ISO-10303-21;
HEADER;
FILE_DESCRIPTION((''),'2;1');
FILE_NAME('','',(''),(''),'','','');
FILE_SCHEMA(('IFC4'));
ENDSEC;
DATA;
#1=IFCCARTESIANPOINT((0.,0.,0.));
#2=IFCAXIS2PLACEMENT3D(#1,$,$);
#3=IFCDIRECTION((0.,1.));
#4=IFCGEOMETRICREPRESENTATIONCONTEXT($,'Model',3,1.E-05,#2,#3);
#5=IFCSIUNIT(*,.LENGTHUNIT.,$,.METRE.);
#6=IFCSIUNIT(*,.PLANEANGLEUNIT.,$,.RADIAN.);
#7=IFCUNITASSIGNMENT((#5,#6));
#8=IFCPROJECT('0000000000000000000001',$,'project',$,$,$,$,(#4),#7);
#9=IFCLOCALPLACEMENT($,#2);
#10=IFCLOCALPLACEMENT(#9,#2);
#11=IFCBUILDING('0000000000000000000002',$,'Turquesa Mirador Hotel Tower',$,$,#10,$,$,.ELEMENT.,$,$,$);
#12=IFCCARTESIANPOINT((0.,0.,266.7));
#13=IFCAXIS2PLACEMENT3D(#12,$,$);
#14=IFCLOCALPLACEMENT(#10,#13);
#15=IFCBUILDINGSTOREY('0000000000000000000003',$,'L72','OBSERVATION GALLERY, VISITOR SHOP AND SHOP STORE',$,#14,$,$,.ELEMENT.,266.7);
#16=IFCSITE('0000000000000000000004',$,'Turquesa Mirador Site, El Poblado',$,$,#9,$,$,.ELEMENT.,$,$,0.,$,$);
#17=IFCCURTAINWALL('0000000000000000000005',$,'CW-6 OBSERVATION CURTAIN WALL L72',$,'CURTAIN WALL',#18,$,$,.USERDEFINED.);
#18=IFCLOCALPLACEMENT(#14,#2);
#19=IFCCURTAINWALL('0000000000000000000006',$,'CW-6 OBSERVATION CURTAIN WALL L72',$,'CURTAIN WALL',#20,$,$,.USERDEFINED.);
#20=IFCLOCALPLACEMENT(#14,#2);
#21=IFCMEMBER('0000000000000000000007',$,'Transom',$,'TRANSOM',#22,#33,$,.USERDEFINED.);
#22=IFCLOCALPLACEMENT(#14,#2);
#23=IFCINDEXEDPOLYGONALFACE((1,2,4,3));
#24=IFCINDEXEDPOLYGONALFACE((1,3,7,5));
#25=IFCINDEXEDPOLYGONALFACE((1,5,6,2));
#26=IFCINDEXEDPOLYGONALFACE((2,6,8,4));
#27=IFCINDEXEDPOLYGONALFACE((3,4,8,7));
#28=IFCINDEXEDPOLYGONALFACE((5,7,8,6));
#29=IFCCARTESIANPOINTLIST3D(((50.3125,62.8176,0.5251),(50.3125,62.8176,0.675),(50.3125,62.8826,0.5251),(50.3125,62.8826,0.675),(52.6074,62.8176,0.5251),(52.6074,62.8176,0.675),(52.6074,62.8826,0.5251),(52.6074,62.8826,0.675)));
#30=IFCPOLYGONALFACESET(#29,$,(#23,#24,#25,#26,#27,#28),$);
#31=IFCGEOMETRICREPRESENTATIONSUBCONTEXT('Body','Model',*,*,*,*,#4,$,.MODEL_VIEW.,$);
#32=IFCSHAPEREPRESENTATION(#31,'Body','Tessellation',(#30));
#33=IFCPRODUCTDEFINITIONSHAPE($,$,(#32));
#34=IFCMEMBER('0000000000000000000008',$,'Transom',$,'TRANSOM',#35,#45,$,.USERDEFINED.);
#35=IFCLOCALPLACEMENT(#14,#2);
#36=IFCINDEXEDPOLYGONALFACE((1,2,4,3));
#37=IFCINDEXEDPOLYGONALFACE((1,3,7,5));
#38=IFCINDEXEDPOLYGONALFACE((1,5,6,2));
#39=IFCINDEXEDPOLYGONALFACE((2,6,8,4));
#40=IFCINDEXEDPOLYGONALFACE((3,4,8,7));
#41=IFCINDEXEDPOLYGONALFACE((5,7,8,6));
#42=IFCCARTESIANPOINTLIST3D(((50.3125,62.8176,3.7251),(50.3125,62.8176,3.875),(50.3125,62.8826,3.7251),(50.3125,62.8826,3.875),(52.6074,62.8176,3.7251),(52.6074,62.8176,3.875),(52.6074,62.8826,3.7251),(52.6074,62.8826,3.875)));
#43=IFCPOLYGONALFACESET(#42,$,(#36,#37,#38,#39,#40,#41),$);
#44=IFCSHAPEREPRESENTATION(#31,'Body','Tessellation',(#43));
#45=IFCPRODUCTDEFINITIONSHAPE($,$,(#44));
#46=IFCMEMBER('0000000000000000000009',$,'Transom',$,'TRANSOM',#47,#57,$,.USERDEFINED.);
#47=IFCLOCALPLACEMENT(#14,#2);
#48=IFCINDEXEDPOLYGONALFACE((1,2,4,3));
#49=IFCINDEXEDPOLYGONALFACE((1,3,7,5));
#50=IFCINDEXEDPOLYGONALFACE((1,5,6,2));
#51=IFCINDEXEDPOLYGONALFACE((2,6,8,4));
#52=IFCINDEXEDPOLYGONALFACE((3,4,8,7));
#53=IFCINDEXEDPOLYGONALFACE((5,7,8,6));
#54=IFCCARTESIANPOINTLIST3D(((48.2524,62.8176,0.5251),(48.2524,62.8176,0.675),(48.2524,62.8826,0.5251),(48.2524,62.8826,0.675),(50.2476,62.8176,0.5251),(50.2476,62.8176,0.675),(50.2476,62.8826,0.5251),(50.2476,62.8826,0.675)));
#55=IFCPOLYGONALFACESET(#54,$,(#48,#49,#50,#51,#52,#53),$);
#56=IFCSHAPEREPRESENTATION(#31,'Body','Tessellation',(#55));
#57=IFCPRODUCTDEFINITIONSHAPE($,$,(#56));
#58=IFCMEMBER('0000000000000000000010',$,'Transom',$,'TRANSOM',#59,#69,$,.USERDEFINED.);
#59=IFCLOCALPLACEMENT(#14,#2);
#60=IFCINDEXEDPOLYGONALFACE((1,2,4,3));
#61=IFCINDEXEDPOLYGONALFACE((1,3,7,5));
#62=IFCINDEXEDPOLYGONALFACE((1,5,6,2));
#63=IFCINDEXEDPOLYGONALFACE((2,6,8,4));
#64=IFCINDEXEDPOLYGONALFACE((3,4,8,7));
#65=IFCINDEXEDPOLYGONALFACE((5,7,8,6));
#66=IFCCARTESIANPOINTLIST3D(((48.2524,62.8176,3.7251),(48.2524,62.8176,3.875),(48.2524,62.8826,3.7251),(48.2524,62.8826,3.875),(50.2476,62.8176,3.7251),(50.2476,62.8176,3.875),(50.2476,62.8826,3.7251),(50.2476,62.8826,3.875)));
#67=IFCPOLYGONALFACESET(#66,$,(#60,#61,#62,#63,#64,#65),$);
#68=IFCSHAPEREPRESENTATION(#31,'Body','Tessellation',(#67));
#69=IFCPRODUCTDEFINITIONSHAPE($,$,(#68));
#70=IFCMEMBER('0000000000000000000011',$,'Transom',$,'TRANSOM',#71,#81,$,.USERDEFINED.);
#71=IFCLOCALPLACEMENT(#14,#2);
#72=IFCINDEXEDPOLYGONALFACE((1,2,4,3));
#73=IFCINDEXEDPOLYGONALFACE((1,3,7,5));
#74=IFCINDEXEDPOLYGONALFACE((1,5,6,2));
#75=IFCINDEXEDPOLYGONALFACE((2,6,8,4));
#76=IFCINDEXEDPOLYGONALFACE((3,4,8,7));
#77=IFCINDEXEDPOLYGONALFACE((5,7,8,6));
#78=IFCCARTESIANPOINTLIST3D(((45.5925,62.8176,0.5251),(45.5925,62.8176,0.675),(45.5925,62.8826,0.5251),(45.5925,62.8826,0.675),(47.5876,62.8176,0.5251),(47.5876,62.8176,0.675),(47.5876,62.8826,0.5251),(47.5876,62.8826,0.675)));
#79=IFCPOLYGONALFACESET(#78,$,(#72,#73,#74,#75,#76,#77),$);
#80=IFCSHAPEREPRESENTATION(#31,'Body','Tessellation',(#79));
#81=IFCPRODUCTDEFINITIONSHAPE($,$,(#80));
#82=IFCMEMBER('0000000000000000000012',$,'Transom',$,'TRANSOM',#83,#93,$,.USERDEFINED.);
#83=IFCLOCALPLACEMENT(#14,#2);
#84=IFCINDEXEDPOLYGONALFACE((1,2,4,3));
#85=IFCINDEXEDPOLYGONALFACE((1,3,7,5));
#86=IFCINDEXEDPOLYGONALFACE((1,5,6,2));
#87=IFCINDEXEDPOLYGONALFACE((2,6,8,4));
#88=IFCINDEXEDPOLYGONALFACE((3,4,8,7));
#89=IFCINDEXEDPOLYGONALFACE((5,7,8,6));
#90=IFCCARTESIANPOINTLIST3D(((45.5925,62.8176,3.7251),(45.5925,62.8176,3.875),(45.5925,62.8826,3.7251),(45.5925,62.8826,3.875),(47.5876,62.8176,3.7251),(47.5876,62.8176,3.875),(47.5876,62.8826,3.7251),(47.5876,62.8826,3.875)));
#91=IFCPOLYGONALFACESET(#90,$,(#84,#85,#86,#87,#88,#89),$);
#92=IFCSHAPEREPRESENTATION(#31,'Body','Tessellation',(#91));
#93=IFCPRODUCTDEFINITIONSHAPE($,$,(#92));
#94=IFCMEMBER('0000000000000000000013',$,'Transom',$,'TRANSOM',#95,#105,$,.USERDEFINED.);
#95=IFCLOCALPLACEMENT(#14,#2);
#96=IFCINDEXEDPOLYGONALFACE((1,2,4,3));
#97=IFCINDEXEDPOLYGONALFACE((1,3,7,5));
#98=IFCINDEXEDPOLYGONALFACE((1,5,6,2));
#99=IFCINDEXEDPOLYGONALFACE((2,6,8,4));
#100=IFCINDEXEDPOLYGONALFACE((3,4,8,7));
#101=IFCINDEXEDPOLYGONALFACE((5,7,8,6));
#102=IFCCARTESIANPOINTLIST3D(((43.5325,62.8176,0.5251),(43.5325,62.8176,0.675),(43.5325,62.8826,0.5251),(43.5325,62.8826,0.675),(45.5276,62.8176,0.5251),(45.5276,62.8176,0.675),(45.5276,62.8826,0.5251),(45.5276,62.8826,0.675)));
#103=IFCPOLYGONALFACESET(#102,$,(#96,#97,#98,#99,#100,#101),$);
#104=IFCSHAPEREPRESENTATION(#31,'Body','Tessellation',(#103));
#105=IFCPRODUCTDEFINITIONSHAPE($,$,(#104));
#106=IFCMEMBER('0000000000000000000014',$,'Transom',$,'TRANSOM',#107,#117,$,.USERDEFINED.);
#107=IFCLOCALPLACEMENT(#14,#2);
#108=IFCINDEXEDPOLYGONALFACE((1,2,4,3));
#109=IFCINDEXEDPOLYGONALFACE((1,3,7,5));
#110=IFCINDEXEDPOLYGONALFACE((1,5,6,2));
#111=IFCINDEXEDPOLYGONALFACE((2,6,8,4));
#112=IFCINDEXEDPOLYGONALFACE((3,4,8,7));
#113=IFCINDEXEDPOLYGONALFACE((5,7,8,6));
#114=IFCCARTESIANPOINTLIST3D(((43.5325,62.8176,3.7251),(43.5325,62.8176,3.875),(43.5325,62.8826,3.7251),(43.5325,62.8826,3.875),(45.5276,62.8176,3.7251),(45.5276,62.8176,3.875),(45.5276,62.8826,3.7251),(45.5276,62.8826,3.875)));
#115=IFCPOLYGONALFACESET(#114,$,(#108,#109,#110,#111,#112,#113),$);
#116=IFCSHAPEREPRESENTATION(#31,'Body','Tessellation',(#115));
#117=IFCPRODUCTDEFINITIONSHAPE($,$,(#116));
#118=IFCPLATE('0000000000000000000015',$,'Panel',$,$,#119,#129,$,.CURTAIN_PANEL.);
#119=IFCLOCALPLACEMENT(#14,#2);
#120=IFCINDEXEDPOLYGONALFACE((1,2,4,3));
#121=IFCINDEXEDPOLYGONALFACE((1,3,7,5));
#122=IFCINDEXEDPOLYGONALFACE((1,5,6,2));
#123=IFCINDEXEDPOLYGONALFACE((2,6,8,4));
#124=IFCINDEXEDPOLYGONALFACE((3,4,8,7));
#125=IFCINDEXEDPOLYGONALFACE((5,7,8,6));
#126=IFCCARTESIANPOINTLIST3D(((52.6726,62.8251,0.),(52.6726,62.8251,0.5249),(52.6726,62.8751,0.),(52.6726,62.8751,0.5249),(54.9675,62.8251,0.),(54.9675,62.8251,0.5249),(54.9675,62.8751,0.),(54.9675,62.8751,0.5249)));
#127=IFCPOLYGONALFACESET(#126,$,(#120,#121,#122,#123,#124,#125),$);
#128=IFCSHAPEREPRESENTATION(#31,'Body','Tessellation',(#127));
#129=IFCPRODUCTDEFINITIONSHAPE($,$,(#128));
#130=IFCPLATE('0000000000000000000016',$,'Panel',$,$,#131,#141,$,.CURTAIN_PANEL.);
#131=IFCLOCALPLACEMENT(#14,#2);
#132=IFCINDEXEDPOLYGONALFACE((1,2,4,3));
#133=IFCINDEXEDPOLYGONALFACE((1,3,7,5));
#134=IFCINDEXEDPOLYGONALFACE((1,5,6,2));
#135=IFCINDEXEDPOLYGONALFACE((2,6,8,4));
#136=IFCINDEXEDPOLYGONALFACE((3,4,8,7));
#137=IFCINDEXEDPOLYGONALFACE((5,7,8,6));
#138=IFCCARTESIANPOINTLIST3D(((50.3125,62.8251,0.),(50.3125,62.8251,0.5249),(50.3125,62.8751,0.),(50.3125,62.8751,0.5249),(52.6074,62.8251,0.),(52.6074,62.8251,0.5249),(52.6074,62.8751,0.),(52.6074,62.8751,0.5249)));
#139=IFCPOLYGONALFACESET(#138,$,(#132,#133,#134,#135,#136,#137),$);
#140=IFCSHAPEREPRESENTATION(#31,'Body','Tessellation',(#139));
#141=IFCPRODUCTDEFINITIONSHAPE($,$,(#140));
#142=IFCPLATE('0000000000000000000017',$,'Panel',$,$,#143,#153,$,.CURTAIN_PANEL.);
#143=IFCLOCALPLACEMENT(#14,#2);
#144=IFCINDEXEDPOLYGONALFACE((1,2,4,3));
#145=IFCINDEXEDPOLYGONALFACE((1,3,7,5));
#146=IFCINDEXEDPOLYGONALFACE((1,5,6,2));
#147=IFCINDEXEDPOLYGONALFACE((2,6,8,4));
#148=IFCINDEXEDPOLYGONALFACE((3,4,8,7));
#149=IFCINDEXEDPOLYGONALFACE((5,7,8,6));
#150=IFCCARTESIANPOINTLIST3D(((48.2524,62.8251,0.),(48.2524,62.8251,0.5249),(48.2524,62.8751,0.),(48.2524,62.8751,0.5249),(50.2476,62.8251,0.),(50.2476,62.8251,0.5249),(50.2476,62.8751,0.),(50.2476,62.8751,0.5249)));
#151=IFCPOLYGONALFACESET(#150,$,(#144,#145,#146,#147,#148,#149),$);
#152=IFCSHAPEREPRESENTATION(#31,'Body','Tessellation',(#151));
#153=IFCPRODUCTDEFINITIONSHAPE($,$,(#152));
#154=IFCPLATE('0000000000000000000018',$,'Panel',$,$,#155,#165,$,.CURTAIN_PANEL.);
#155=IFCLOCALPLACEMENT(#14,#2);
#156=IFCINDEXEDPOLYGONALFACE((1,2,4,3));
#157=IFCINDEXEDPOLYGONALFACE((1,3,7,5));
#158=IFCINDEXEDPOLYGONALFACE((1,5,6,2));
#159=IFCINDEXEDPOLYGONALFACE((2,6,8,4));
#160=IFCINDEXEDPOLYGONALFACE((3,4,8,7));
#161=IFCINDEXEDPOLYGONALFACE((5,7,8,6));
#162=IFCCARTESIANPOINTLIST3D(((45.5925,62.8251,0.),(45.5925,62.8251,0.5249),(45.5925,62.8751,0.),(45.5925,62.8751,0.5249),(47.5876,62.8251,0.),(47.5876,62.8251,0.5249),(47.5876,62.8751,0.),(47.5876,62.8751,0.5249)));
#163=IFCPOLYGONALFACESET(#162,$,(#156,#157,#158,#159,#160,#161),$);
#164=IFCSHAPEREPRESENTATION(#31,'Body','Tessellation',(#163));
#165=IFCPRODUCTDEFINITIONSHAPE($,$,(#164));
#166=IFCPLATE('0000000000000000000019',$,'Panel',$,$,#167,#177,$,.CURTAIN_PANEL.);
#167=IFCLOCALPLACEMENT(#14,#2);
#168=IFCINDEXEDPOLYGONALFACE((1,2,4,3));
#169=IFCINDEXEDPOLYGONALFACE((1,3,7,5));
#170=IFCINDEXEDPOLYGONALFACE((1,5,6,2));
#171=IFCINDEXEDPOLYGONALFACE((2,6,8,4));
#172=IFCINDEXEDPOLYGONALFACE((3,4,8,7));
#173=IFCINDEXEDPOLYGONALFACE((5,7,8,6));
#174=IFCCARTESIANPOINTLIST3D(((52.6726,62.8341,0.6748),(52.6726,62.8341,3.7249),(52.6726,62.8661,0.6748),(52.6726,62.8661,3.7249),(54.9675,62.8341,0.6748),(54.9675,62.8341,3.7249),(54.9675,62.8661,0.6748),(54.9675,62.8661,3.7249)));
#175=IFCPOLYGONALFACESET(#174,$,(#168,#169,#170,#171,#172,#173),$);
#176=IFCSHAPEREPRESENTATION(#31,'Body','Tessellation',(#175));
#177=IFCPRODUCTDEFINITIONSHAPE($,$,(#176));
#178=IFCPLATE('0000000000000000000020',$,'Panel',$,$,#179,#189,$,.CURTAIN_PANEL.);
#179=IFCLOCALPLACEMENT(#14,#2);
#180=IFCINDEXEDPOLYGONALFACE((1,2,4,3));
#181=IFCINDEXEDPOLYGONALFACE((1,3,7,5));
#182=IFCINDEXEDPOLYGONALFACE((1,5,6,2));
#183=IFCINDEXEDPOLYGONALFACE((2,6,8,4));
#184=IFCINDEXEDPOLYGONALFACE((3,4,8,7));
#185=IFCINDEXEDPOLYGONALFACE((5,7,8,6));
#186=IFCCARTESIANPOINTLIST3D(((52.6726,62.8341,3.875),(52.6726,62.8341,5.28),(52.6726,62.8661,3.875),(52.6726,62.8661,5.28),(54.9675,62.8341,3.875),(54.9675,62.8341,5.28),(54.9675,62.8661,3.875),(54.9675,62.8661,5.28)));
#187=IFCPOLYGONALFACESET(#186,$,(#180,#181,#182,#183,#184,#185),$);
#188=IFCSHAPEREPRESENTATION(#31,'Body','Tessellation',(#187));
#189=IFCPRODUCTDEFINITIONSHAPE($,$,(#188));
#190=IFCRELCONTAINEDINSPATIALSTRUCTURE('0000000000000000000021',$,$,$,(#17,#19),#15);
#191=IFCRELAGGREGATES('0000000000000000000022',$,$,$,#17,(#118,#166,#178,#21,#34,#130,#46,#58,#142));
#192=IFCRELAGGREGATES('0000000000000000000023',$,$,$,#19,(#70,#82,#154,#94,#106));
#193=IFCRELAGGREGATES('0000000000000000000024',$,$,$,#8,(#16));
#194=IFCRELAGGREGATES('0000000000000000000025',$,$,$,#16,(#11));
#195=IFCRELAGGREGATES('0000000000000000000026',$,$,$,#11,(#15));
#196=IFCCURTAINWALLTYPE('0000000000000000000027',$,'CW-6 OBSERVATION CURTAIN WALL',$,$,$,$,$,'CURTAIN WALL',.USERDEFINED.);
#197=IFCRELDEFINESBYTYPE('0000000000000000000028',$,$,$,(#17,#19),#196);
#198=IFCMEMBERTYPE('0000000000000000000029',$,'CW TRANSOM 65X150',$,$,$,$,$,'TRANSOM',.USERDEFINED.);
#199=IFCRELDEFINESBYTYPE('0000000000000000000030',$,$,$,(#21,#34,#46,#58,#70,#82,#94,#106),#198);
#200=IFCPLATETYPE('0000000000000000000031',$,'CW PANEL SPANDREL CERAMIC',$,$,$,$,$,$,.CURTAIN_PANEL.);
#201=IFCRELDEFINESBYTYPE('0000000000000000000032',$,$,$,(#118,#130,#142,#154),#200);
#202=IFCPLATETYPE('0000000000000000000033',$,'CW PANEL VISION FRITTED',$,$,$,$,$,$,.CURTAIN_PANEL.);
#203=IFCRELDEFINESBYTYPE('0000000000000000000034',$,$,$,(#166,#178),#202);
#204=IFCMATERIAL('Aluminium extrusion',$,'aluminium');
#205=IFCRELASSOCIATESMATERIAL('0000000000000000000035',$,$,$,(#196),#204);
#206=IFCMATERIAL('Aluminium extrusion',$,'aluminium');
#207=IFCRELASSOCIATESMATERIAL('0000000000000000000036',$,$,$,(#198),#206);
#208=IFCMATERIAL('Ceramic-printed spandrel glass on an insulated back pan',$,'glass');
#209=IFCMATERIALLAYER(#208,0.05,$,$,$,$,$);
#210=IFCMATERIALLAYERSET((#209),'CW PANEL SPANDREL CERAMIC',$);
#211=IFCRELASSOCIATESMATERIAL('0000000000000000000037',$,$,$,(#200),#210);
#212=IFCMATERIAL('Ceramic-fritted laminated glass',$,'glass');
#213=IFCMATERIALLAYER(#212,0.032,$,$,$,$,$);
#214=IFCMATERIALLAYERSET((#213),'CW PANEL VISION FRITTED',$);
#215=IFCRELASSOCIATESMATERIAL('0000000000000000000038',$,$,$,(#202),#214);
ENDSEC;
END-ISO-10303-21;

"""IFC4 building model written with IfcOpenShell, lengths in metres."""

from ifc_helpers import new_model, si_unit, direction, frame, origin, origin_2d, place, context, subcontext, project, spatial, rectangle, extrude, material, layer, layer_set, material_profile, profile_set, type_object, element, aggregate, save


model = new_model("IFC4")

# Units and contexts
model_context = context("Model", 3, precision=1e-05, world=origin(), true_north=direction((0.0, 1.0)))
body_context = subcontext(model_context, "Body", "Model", "MODEL_VIEW")
ifc_project = project(units=[si_unit("LENGTHUNIT", "METRE"), si_unit("PLANEANGLEUNIT", "RADIAN")], contexts=[model_context])

# Site, building, storey
site_placement = place(None, origin())
site = spatial("IfcSite", under=ifc_project, at=site_placement, Name="Turquesa Mirador Site, El Poblado", CompositionType="ELEMENT", RefElevation=0.0)
building_placement = place(site_placement, origin())
building = spatial("IfcBuilding", under=site, at=building_placement, Name="Turquesa Mirador Hotel Tower", CompositionType="ELEMENT")
storey_placement = place(building_placement, frame((0.0, 0.0, 266.7)))
storey = spatial("IfcBuildingStorey", under=building, at=storey_placement, Name="L72", Description="OBSERVATION GALLERY, VISITOR SHOP AND SHOP STORE", CompositionType="ELEMENT", Elevation=266.7)

# Curtain walls
ifc_material_1 = material(Name="Aluminium extrusion", Category="aluminium")
curtain_wall_type = type_object("IfcCurtainWallType", Name="CW-6 OBSERVATION CURTAIN WALL", ElementType="CURTAIN WALL", PredefinedType="USERDEFINED", material=ifc_material_1)
curtain_wall_1_placement = place(storey_placement, origin())
curtain_wall_1 = element("IfcCurtainWall", 1, at=curtain_wall_1_placement, inside=storey, type_object=curtain_wall_type, Name="CW-6 OBSERVATION CURTAIN WALL L72", ObjectType="CURTAIN WALL", PredefinedType="USERDEFINED")
curtain_wall_2_placement = place(storey_placement, origin())
curtain_wall_2 = element("IfcCurtainWall", 2, at=curtain_wall_2_placement, inside=storey, type_object=curtain_wall_type, Name="CW-6 OBSERVATION CURTAIN WALL L72", ObjectType="CURTAIN WALL", PredefinedType="USERDEFINED")

# Members
ifc_material_2 = material(Name="Aluminium extrusion", Category="aluminium")
ifc_material_profile_1 = material_profile(ifc_material_2, rectangle(XDim=0.0649, YDim=0.1499, at=origin_2d()), Name="TRANSOM 65X150")
ifc_profile_set_1 = profile_set([ifc_material_profile_1], Name="Aluminium extrusion")
member_type_1 = type_object("IfcMemberType", Name="CW TRANSOM 65X150", ElementType="TRANSOM", PredefinedType="USERDEFINED", material=ifc_profile_set_1)
member_1_placement = place(storey_placement, frame((52.6074, 62.8501, 0.6001), z_axis=(-1.0, 0.0, 0.0), x_axis=(0.0, -1.0, 0.0)))
member_1 = element("IfcMember", 3, at=member_1_placement, type_object=member_type_1, Name="Transom", ObjectType="TRANSOM", PredefinedType="USERDEFINED", context=body_context, shape_type="SweptSolid", body=[
    extrude(rectangle(XDim=0.0649, YDim=0.1499, at=origin_2d()), origin(), (0.0, 0.0, 1.0), 2.2949),
])
member_2_placement = place(storey_placement, frame((52.6074, 62.8501, 3.8), z_axis=(-1.0, 0.0, 0.0), x_axis=(0.0, -1.0, 0.0)))
member_2 = element("IfcMember", 4, at=member_2_placement, type_object=member_type_1, Name="Transom", ObjectType="TRANSOM", PredefinedType="USERDEFINED", context=body_context, shape_type="SweptSolid", body=[
    extrude(rectangle(XDim=0.0649, YDim=0.1499, at=origin_2d()), origin(), (0.0, 0.0, 1.0), 2.2949),
])
member_3_placement = place(storey_placement, frame((50.2476, 62.8501, 0.6001), z_axis=(-1.0, 0.0, 0.0), x_axis=(0.0, -1.0, 0.0)))
member_3 = element("IfcMember", 5, at=member_3_placement, type_object=member_type_1, Name="Transom", ObjectType="TRANSOM", PredefinedType="USERDEFINED", context=body_context, shape_type="SweptSolid", body=[
    extrude(rectangle(XDim=0.0649, YDim=0.1499, at=origin_2d()), origin(), (0.0, 0.0, 1.0), 1.9951),
])
member_4_placement = place(storey_placement, frame((50.2476, 62.8501, 3.8), z_axis=(-1.0, 0.0, 0.0), x_axis=(0.0, -1.0, 0.0)))
member_4 = element("IfcMember", 6, at=member_4_placement, type_object=member_type_1, Name="Transom", ObjectType="TRANSOM", PredefinedType="USERDEFINED", context=body_context, shape_type="SweptSolid", body=[
    extrude(rectangle(XDim=0.0649, YDim=0.1499, at=origin_2d()), origin(), (0.0, 0.0, 1.0), 1.9951),
])
member_5_placement = place(storey_placement, frame((47.5876, 62.8501, 0.6001), z_axis=(-1.0, 0.0, 0.0), x_axis=(0.0, -1.0, 0.0)))
member_5 = element("IfcMember", 7, at=member_5_placement, type_object=member_type_1, Name="Transom", ObjectType="TRANSOM", PredefinedType="USERDEFINED", context=body_context, shape_type="SweptSolid", body=[
    extrude(rectangle(XDim=0.0649, YDim=0.1499, at=origin_2d()), origin(), (0.0, 0.0, 1.0), 1.9951),
])
member_6_placement = place(storey_placement, frame((47.5876, 62.8501, 3.8), z_axis=(-1.0, 0.0, 0.0), x_axis=(0.0, -1.0, 0.0)))
member_6 = element("IfcMember", 8, at=member_6_placement, type_object=member_type_1, Name="Transom", ObjectType="TRANSOM", PredefinedType="USERDEFINED", context=body_context, shape_type="SweptSolid", body=[
    extrude(rectangle(XDim=0.0649, YDim=0.1499, at=origin_2d()), origin(), (0.0, 0.0, 1.0), 1.9951),
])
member_7_placement = place(storey_placement, frame((45.5276, 62.8501, 0.6001), z_axis=(-1.0, 0.0, 0.0), x_axis=(0.0, -1.0, 0.0)))
member_7 = element("IfcMember", 9, at=member_7_placement, type_object=member_type_1, Name="Transom", ObjectType="TRANSOM", PredefinedType="USERDEFINED", context=body_context, shape_type="SweptSolid", body=[
    extrude(rectangle(XDim=0.0649, YDim=0.1499, at=origin_2d()), origin(), (0.0, 0.0, 1.0), 1.9951),
])
member_8_placement = place(storey_placement, frame((45.5276, 62.8501, 3.8), z_axis=(-1.0, 0.0, 0.0), x_axis=(0.0, -1.0, 0.0)))
member_8 = element("IfcMember", 10, at=member_8_placement, type_object=member_type_1, Name="Transom", ObjectType="TRANSOM", PredefinedType="USERDEFINED", context=body_context, shape_type="SweptSolid", body=[
    extrude(rectangle(XDim=0.0649, YDim=0.1499, at=origin_2d()), origin(), (0.0, 0.0, 1.0), 1.9951),
])

# Plates
ifc_material_3 = material(Name="Ceramic-printed spandrel glass on an insulated back pan", Category="glass")
ifc_layer_1 = layer(ifc_material_3, 0.05)
ifc_layer_set_1 = layer_set([ifc_layer_1], Name="CW PANEL SPANDREL CERAMIC")
plate_type_1 = type_object("IfcPlateType", Name="CW PANEL SPANDREL CERAMIC", PredefinedType="CURTAIN_PANEL", material=ifc_layer_set_1)
plate_1_placement = place(storey_placement, frame((53.8201, 62.8501, 0.0), z_axis=(0.0, 0.0, 1.0), x_axis=(-1.0, 0.0, 0.0)))
plate_1 = element("IfcPlate", 11, at=plate_1_placement, type_object=plate_type_1, Name="Panel", PredefinedType="CURTAIN_PANEL", context=body_context, shape_type="SweptSolid", body=[
    extrude(rectangle(XDim=2.2949, YDim=0.05, at=origin_2d()), origin(), (0.0, 0.0, 1.0), 0.5249),
])
plate_2_placement = place(storey_placement, frame((51.46, 62.8501, 0.0), z_axis=(0.0, 0.0, 1.0), x_axis=(-1.0, 0.0, 0.0)))
plate_2 = element("IfcPlate", 12, at=plate_2_placement, type_object=plate_type_1, Name="Panel", PredefinedType="CURTAIN_PANEL", context=body_context, shape_type="SweptSolid", body=[
    extrude(rectangle(XDim=2.2949, YDim=0.05, at=origin_2d()), origin(), (0.0, 0.0, 1.0), 0.5249),
])
plate_3_placement = place(storey_placement, frame((49.25, 62.8501, 0.0), z_axis=(0.0, 0.0, 1.0), x_axis=(-1.0, 0.0, 0.0)))
plate_3 = element("IfcPlate", 13, at=plate_3_placement, type_object=plate_type_1, Name="Panel", PredefinedType="CURTAIN_PANEL", context=body_context, shape_type="SweptSolid", body=[
    extrude(rectangle(XDim=1.9951, YDim=0.05, at=origin_2d()), origin(), (0.0, 0.0, 1.0), 0.5249),
])
plate_4_placement = place(storey_placement, frame((46.5901, 62.8501, 0.0), z_axis=(0.0, 0.0, 1.0), x_axis=(-1.0, 0.0, 0.0)))
plate_4 = element("IfcPlate", 14, at=plate_4_placement, type_object=plate_type_1, Name="Panel", PredefinedType="CURTAIN_PANEL", context=body_context, shape_type="SweptSolid", body=[
    extrude(rectangle(XDim=1.9951, YDim=0.05, at=origin_2d()), origin(), (0.0, 0.0, 1.0), 0.5249),
])
ifc_material_4 = material(Name="Ceramic-fritted laminated glass", Category="glass")
ifc_layer_2 = layer(ifc_material_4, 0.032)
ifc_layer_set_2 = layer_set([ifc_layer_2], Name="CW PANEL VISION FRITTED")
plate_type_2 = type_object("IfcPlateType", Name="CW PANEL VISION FRITTED", PredefinedType="CURTAIN_PANEL", material=ifc_layer_set_2)
plate_5_placement = place(storey_placement, frame((53.8201, 62.8501, 0.6748), z_axis=(0.0, 0.0, 1.0), x_axis=(-1.0, 0.0, 0.0)))
plate_5 = element("IfcPlate", 15, at=plate_5_placement, type_object=plate_type_2, Name="Panel", PredefinedType="CURTAIN_PANEL", context=body_context, shape_type="SweptSolid", body=[
    extrude(rectangle(XDim=2.2949, YDim=0.032, at=origin_2d()), origin(), (0.0, 0.0, 1.0), 3.05),
])
plate_6_placement = place(storey_placement, frame((53.8201, 62.8501, 3.875), z_axis=(0.0, 0.0, 1.0), x_axis=(-1.0, 0.0, 0.0)))
plate_6 = element("IfcPlate", 16, at=plate_6_placement, type_object=plate_type_2, Name="Panel", PredefinedType="CURTAIN_PANEL", context=body_context, shape_type="SweptSolid", body=[
    extrude(rectangle(XDim=2.2949, YDim=0.032, at=origin_2d()), origin(), (0.0, 0.0, 1.0), 1.405),
])
aggregate(curtain_wall_1, [plate_1, plate_5, plate_6, member_1, member_2, plate_2, member_3, member_4, plate_3])
aggregate(curtain_wall_2, [member_5, member_6, plate_4, member_7, member_8])

save(model, "model.ifc")
